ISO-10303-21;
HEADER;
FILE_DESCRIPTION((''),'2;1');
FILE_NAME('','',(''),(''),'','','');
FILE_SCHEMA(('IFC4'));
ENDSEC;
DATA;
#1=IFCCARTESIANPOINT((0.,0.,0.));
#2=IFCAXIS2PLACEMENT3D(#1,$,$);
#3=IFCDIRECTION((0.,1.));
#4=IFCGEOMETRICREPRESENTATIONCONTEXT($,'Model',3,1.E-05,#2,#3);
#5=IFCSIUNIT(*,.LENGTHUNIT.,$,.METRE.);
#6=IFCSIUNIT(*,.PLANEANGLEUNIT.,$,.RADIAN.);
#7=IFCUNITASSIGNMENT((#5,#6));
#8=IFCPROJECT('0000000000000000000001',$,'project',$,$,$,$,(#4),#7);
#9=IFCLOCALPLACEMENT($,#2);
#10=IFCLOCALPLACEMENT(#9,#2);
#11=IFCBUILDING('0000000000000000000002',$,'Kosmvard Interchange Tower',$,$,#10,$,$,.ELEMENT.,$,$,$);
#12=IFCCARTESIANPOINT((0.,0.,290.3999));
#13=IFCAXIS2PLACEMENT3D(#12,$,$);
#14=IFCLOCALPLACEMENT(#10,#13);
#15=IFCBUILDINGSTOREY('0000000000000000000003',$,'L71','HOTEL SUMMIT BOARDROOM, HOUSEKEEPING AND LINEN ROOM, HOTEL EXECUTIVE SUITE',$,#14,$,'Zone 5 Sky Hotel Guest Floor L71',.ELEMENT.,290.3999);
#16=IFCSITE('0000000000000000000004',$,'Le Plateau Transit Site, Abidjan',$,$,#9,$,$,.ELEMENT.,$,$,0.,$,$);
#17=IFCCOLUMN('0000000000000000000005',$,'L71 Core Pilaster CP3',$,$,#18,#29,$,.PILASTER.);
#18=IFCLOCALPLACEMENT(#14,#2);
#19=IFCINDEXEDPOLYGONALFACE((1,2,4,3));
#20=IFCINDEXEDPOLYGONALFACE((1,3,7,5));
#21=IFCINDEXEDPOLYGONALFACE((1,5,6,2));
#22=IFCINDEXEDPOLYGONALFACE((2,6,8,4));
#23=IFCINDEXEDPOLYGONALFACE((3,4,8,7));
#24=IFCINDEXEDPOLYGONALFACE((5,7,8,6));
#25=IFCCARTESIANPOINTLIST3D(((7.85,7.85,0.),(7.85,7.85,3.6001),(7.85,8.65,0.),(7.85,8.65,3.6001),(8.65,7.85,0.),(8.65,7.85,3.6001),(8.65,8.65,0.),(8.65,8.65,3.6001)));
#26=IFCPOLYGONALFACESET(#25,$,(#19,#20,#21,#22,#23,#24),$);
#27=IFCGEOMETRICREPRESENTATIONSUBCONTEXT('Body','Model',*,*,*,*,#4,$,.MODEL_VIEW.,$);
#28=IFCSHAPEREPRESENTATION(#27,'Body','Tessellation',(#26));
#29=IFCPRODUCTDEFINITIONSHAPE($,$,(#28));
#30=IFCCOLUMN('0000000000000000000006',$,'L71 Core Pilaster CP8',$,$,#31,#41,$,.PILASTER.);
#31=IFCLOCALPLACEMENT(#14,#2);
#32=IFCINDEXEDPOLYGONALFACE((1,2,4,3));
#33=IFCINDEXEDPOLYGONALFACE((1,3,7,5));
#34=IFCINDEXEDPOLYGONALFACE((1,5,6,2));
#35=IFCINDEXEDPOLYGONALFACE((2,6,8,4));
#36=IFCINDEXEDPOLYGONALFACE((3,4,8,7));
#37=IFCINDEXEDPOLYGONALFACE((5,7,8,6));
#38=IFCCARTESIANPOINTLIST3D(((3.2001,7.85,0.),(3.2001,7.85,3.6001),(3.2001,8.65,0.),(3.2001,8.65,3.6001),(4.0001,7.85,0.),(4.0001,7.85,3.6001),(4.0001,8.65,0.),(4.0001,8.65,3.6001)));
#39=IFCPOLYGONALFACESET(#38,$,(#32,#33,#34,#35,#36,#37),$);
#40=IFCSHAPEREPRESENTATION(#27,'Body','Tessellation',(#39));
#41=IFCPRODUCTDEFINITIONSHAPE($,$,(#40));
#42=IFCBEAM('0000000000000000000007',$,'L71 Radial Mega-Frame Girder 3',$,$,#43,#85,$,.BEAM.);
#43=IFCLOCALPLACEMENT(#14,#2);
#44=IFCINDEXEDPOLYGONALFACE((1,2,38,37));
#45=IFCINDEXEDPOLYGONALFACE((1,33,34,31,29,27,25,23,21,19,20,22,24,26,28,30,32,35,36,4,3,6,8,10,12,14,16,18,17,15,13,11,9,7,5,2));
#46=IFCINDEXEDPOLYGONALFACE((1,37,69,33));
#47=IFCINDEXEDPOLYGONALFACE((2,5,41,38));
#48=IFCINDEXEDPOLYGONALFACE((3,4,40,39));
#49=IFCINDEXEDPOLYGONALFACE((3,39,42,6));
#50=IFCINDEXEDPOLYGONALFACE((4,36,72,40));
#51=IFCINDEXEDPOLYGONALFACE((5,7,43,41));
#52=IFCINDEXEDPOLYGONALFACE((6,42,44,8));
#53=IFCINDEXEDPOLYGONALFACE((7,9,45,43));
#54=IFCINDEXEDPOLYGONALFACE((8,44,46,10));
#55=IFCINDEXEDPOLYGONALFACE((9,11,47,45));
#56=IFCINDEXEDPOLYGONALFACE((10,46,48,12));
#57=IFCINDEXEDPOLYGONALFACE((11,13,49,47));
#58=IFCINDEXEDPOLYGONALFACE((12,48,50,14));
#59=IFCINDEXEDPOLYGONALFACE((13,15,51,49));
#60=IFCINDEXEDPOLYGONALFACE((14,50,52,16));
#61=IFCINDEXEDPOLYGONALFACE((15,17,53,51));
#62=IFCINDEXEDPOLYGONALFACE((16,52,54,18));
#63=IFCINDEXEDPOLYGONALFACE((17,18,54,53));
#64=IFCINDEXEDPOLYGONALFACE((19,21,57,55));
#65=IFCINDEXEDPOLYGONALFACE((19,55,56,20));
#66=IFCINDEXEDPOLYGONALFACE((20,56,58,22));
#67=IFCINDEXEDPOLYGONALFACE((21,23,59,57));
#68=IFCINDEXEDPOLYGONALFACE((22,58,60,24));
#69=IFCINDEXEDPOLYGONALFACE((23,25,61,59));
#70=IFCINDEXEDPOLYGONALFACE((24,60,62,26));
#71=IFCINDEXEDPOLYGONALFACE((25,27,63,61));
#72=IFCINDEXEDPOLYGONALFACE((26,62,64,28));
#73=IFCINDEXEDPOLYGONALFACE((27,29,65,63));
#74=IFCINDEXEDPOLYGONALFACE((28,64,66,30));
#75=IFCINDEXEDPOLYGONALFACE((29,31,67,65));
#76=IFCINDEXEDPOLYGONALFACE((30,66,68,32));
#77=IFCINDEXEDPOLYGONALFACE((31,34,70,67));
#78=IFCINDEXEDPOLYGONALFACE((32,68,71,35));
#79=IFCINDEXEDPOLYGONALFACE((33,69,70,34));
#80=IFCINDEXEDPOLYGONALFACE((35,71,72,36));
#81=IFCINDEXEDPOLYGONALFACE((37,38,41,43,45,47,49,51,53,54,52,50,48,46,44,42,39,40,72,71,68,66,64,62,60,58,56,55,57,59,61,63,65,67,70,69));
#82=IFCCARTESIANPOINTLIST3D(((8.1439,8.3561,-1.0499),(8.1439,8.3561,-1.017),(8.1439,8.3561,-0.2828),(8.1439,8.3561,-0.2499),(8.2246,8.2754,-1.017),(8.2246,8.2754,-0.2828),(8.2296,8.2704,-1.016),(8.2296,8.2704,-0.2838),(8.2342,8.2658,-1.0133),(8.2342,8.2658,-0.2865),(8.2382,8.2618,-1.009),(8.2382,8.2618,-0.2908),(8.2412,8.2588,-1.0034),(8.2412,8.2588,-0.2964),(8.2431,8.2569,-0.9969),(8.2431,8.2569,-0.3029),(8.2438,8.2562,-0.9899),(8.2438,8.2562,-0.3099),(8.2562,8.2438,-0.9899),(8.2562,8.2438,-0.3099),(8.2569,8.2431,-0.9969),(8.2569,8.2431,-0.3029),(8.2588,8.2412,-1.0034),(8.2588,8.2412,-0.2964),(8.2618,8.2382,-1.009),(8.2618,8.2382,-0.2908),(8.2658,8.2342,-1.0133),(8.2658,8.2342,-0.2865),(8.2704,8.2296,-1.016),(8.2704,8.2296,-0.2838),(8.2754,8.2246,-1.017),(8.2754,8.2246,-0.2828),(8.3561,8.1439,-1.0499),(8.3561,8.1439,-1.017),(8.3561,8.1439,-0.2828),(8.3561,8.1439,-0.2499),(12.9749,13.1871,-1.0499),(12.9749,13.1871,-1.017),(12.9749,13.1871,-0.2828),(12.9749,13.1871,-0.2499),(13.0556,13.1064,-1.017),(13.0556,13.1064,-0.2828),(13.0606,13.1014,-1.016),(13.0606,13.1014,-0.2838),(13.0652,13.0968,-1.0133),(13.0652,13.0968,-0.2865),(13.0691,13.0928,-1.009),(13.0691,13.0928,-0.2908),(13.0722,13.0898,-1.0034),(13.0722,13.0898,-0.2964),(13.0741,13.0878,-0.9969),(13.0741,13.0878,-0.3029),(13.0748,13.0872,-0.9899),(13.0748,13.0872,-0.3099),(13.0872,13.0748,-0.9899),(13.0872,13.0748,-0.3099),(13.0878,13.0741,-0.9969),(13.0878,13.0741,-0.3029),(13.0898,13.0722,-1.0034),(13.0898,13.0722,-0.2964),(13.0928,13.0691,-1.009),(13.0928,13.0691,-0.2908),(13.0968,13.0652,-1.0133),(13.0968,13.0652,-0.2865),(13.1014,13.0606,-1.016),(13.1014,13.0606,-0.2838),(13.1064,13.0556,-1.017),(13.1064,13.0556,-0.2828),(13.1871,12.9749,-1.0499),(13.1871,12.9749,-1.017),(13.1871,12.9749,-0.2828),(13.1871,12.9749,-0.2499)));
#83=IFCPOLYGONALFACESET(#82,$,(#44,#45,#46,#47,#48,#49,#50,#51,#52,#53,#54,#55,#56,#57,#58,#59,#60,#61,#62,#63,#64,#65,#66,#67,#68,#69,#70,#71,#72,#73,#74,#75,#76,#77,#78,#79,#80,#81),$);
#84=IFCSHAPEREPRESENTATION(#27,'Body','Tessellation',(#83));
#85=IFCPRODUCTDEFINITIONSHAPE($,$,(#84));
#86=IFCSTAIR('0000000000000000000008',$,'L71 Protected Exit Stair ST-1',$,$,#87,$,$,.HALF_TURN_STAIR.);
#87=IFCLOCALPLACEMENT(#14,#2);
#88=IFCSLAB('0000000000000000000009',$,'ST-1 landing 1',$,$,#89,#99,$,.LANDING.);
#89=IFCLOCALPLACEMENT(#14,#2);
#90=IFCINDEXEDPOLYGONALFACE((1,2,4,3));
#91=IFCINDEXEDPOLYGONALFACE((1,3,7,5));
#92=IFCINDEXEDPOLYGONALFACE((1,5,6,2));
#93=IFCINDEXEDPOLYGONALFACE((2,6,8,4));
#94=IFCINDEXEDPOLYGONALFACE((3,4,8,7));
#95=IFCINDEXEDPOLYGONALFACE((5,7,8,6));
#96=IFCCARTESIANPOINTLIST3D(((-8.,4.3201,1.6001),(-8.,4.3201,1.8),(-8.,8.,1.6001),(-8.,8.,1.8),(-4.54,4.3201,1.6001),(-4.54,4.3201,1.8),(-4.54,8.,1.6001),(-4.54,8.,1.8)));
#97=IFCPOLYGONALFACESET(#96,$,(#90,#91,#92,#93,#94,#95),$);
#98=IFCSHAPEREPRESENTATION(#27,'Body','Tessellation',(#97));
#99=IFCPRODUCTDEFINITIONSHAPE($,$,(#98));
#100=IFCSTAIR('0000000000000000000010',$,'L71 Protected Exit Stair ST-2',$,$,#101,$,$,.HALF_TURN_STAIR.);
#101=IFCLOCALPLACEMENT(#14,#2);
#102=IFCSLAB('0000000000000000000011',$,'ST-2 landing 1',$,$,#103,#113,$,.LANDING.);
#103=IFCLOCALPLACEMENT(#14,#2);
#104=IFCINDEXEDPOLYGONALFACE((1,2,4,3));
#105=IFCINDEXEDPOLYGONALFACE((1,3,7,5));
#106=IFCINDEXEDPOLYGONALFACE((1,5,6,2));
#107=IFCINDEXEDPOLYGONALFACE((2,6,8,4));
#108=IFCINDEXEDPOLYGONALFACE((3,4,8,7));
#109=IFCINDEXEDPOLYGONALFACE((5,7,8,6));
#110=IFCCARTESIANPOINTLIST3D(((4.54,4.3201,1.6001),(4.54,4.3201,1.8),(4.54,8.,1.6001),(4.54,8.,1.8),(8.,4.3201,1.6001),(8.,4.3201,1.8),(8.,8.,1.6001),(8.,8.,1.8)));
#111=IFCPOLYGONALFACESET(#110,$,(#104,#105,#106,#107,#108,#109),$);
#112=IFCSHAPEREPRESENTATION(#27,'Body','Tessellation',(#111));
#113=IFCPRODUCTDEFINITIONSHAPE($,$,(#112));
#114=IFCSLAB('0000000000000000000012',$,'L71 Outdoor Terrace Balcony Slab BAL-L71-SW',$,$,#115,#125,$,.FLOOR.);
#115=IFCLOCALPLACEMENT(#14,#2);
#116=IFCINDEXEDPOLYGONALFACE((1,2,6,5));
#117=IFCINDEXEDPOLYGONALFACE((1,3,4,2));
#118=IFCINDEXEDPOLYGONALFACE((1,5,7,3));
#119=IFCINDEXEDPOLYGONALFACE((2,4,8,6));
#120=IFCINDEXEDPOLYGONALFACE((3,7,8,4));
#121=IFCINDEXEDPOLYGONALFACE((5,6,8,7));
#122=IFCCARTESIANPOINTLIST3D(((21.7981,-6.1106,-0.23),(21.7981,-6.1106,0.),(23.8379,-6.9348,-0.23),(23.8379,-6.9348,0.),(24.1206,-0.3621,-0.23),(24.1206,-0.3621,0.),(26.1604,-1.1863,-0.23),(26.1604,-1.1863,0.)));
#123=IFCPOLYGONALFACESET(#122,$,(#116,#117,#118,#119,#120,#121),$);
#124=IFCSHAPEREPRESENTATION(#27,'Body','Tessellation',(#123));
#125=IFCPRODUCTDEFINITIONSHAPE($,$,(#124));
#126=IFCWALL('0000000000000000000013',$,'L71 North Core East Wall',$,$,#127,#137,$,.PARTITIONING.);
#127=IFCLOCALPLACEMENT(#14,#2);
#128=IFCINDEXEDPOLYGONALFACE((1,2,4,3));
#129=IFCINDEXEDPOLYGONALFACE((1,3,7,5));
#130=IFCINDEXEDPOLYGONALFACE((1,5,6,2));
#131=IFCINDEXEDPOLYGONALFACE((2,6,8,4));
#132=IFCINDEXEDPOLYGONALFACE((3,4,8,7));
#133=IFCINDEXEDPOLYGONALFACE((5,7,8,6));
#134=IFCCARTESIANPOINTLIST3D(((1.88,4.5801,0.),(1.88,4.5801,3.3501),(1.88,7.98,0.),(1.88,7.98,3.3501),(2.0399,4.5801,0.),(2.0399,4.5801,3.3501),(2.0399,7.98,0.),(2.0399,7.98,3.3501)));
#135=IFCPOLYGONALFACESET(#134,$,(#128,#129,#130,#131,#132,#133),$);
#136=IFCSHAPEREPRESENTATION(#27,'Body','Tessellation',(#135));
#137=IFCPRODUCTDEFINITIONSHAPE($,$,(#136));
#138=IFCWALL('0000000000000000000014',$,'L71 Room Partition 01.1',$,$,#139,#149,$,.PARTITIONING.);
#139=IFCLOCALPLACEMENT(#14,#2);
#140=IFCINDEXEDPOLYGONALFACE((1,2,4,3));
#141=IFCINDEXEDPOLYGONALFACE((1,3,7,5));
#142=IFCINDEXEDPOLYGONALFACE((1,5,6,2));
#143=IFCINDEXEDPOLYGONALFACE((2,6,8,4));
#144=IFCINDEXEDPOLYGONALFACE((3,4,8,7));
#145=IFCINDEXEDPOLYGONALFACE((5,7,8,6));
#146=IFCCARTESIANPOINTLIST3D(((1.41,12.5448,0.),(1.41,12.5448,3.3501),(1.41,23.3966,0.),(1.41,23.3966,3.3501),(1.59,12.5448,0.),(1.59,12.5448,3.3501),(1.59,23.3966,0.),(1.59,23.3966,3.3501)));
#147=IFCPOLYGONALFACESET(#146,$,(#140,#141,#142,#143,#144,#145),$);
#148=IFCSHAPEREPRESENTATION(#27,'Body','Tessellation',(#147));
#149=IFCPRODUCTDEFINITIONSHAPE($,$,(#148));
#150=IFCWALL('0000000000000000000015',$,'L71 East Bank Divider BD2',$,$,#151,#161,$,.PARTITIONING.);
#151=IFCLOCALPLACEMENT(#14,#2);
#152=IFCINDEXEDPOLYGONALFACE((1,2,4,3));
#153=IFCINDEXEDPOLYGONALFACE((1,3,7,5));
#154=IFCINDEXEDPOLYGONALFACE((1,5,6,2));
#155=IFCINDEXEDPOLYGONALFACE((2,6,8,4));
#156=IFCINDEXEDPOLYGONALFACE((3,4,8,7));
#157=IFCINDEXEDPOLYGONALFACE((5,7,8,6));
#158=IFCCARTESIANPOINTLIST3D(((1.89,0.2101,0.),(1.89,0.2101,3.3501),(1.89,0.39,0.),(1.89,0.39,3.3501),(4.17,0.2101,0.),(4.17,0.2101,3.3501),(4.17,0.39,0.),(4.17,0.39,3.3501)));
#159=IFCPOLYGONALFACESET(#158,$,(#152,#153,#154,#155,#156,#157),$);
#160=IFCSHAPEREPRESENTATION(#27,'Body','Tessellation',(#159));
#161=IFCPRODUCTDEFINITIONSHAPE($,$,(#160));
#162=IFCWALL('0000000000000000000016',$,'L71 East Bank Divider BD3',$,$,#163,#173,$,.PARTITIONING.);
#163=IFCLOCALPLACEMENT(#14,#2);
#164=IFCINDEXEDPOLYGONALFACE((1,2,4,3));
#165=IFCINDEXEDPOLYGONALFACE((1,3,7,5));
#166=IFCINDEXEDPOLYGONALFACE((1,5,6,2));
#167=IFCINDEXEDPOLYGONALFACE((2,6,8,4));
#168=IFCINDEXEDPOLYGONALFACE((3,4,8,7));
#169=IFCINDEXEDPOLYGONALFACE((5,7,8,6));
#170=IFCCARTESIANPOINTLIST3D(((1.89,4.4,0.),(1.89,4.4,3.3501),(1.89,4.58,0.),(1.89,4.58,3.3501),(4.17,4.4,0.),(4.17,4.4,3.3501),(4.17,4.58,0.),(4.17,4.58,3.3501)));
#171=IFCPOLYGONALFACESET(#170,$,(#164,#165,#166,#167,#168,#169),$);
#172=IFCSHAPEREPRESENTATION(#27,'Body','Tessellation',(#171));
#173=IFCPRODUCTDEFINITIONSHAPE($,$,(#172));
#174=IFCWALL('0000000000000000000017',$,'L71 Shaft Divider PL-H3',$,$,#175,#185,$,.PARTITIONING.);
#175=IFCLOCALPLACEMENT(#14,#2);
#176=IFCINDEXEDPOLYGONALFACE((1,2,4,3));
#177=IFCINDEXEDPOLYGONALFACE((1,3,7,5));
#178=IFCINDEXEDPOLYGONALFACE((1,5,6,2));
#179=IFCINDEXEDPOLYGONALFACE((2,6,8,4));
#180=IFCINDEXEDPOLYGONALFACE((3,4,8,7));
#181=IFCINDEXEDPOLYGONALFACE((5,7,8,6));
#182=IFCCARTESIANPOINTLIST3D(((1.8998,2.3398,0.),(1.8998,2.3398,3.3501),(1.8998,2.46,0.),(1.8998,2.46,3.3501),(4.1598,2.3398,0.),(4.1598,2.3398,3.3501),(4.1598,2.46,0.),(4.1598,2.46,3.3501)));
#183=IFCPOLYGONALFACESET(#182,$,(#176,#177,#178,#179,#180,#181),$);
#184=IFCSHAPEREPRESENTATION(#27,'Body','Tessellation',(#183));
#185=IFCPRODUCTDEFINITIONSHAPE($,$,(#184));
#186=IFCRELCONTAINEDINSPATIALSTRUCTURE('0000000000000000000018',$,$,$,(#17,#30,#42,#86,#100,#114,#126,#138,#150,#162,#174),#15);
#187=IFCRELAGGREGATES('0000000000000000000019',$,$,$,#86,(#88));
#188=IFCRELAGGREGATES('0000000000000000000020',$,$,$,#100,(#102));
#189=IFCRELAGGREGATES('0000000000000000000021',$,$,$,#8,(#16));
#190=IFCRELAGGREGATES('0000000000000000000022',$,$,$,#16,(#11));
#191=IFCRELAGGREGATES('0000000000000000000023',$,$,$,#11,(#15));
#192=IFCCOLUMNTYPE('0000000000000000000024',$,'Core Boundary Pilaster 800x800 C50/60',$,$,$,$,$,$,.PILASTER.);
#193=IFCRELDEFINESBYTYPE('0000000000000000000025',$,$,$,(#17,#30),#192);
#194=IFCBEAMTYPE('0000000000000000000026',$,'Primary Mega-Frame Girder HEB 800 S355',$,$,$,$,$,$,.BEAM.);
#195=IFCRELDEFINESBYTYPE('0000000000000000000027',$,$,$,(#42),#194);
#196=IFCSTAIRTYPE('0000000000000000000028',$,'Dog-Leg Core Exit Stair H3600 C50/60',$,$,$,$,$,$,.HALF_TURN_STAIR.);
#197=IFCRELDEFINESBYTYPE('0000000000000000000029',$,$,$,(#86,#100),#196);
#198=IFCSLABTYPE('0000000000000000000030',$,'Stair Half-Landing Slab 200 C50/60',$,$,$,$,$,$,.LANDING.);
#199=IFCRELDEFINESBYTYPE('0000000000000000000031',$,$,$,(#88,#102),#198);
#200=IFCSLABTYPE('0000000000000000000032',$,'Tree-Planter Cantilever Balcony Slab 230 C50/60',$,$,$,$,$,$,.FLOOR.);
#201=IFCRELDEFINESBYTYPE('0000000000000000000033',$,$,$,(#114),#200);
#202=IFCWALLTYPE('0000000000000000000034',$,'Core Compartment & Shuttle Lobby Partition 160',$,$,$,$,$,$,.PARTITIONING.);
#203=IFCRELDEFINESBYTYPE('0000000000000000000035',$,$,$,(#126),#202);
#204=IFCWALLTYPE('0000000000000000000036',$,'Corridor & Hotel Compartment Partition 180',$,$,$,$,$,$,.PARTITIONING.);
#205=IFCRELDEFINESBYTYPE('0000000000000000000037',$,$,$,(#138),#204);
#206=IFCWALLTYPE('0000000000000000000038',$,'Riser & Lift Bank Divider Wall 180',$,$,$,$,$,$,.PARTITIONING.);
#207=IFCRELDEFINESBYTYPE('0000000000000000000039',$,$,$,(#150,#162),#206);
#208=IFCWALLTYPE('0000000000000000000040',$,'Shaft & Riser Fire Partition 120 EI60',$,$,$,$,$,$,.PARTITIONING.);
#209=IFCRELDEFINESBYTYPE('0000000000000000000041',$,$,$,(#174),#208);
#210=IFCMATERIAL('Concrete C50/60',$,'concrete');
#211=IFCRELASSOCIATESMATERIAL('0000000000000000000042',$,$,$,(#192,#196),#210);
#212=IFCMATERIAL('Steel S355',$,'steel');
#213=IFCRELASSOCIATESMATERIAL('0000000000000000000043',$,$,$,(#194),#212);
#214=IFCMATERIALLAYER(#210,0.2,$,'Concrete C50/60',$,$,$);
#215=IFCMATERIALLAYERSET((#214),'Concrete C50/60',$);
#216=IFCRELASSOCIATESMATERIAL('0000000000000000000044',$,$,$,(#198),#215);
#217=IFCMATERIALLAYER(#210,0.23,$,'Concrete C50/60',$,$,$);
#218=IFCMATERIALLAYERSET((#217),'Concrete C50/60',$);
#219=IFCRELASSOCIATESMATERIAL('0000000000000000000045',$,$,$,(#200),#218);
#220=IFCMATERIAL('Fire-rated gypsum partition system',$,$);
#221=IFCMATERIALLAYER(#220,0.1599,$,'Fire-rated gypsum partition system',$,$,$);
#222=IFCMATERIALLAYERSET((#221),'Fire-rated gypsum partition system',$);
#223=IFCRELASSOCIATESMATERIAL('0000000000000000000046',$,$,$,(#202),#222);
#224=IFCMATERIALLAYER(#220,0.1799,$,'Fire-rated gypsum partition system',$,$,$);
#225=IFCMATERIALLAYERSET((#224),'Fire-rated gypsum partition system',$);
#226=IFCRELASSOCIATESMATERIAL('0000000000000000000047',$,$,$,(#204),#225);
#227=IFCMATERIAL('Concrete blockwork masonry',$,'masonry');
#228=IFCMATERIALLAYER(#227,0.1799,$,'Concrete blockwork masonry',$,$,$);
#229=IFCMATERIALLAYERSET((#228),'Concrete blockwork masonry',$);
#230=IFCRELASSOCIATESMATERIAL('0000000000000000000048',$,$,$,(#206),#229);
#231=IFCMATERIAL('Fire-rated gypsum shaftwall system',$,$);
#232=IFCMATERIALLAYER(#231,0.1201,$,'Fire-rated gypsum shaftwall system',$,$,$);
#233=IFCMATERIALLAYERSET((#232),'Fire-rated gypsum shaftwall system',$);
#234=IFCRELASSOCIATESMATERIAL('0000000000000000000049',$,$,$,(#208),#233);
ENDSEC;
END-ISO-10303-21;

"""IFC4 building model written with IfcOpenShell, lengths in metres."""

from ifc_helpers import new_model, si_unit, direction, frame, frame_2d, origin, origin_2d, place, context, subcontext, project, spatial, polyline, rectangle, i_section, outline, extrude, source, transform, mapped, material, layer, layer_set, material_profile, profile_set, type_object, element, aggregate, save


model = new_model("IFC4")

# Units and contexts
model_context = context("Model", 3, precision=1e-05, world=origin(), true_north=direction((0.0, 1.0)))
body_context = subcontext(model_context, "Body", "Model", "MODEL_VIEW")
ifc_project = project(units=[si_unit("LENGTHUNIT", "METRE"), si_unit("PLANEANGLEUNIT", "RADIAN")], contexts=[model_context])

# Site, building, storey
site_placement = place(None, origin())
site = spatial("IfcSite", under=ifc_project, at=site_placement, Name="Le Plateau Transit Site, Abidjan", CompositionType="ELEMENT", RefElevation=0.0)
building_placement = place(site_placement, origin())
building = spatial("IfcBuilding", under=site, at=building_placement, Name="Kosmvard Interchange Tower", CompositionType="ELEMENT")
storey_placement = place(building_placement, frame((0.0, 0.0, 290.3999)))
storey = spatial("IfcBuildingStorey", under=building, at=storey_placement, Name="L71", Description="HOTEL SUMMIT BOARDROOM, HOUSEKEEPING AND LINEN ROOM, HOTEL EXECUTIVE SUITE", LongName="Zone 5 Sky Hotel Guest Floor L71", CompositionType="ELEMENT", Elevation=290.3999)

# Columns
ifc_material_1 = material(Name="Concrete C50/60", Category="concrete")
ifc_material_profile_1 = material_profile(ifc_material_1, rectangle(XDim=0.8, YDim=0.8, at=origin_2d()), Name="CP 800x800")
ifc_profile_set_1 = profile_set([ifc_material_profile_1], Name="Concrete C50/60")
column_type = type_object("IfcColumnType", Name="Core Boundary Pilaster 800x800 C50/60", PredefinedType="PILASTER", material=ifc_profile_set_1)
shared_shape_1 = source(origin(), body_context, "Body", "SweptSolid", [
    extrude(rectangle(XDim=0.8, YDim=0.8, at=origin_2d()), origin(), (0.0, 0.0, 1.0), 3.6001),
])
for number, where, z_axis, x_axis, name in (
    (1, (8.25, 8.25, 0.0), (0.0, 0.0, 1.0), (1.0, 0.0, 0.0), "L71 Core Pilaster CP3"),
    (2, (3.6001, 8.25, 0.0), (0.0, 0.0, 1.0), (1.0, 0.0, 0.0), "L71 Core Pilaster CP8"),
):
    element("IfcColumn", number, at=place(storey_placement, frame(where, z_axis=z_axis, x_axis=x_axis)), inside=storey, type_object=column_type, Name=name, PredefinedType="PILASTER", context=body_context, shape_type="MappedRepresentation", body=[
        mapped(shared_shape_1, transform((0.0, 0.0, 0.0), scale=1.0)),
    ])

# Beam
ifc_material_2 = material(Name="Steel S355", Category="steel")
ifc_material_profile_2 = material_profile(ifc_material_2, i_section(OverallWidth=0.3, OverallDepth=0.8, WebThickness=0.0176, FlangeThickness=0.033, FilletRadius=0.0271, at=origin_2d()), Name="HEB 800")
ifc_profile_set_2 = profile_set([ifc_material_profile_2], Name="Steel S355")
beam_type = type_object("IfcBeamType", Name="Primary Mega-Frame Girder HEB 800 S355", PredefinedType="BEAM", material=ifc_profile_set_2)
shared_shape_2 = source(origin(), body_context, "Body", "SweptSolid", [
    extrude(i_section(OverallWidth=0.3, OverallDepth=0.8, WebThickness=0.0176, FlangeThickness=0.033, FilletRadius=0.0271, at=origin_2d()), origin(), (0.0, 0.0, 1.0), 6.832),
])
beam_placement = place(storey_placement, frame((8.25, 8.25, -0.6499), z_axis=(0.707107, 0.707107, 0.0), x_axis=(-0.707107, 0.707107, 0.0)))
element("IfcBeam", 3, at=beam_placement, inside=storey, type_object=beam_type, Name="L71 Radial Mega-Frame Girder 3", PredefinedType="BEAM", context=body_context, shape_type="MappedRepresentation", body=[
    mapped(shared_shape_2, transform((0.0, 0.0, 0.0), scale=1.0)),
])

# Stairs, slabs
stair_type = type_object("IfcStairType", Name="Dog-Leg Core Exit Stair H3600 C50/60", PredefinedType="HALF_TURN_STAIR", material=ifc_material_1)
stair_1_placement = place(storey_placement, origin())
stair_1 = element("IfcStair", 4, at=stair_1_placement, inside=storey, type_object=stair_type, Name="L71 Protected Exit Stair ST-1", PredefinedType="HALF_TURN_STAIR")
ifc_layer_1 = layer(ifc_material_1, 0.2, Name="Concrete C50/60")
ifc_layer_set_1 = layer_set([ifc_layer_1], Name="Concrete C50/60")
slab_type_1 = type_object("IfcSlabType", Name="Stair Half-Landing Slab 200 C50/60", PredefinedType="LANDING", material=ifc_layer_set_1)
slab_1_placement = place(storey_placement, frame((0.0, 0.0, 1.6001)))
slab_1 = element("IfcSlab", 5, at=slab_1_placement, type_object=slab_type_1, Name="ST-1 landing 1", PredefinedType="LANDING", context=body_context, shape_type="SweptSolid", body=[
    extrude(outline(polyline([(-4.54, 4.3201), (-4.54, 8.0), (-8.0, 8.0), (-8.0, 4.3201), (-4.54, 4.3201)])), origin(), (0.0, 0.0, 1.0), 0.2),
])
aggregate(stair_1, [slab_1])
stair_2_placement = place(storey_placement, origin())
stair_2 = element("IfcStair", 6, at=stair_2_placement, inside=storey, type_object=stair_type, Name="L71 Protected Exit Stair ST-2", PredefinedType="HALF_TURN_STAIR")
slab_2_placement = place(storey_placement, frame((0.0, 0.0, 1.6001)))
slab_2 = element("IfcSlab", 7, at=slab_2_placement, type_object=slab_type_1, Name="ST-2 landing 1", PredefinedType="LANDING", context=body_context, shape_type="SweptSolid", body=[
    extrude(outline(polyline([(8.0, 4.3201), (8.0, 8.0), (4.54, 8.0), (4.54, 4.3201), (8.0, 4.3201)])), origin(), (0.0, 0.0, 1.0), 0.2),
])

# Slab
ifc_layer_2 = layer(ifc_material_1, 0.23, Name="Concrete C50/60")
ifc_layer_set_2 = layer_set([ifc_layer_2], Name="Concrete C50/60")
slab_type_2 = type_object("IfcSlabType", Name="Tree-Planter Cantilever Balcony Slab 230 C50/60", PredefinedType="FLOOR", material=ifc_layer_set_2)
slab_3_placement = place(storey_placement, frame((0.0, 0.0, -0.23)))
element("IfcSlab", 8, at=slab_3_placement, inside=storey, type_object=slab_type_2, Name="L71 Outdoor Terrace Balcony Slab BAL-L71-SW", PredefinedType="FLOOR", context=body_context, shape_type="SweptSolid", body=[
    extrude(outline(polyline([(23.8379, -6.9348), (26.1604, -1.1863), (24.1206, -0.3621), (21.7981, -6.1106), (23.8379, -6.9348)])), origin(), (0.0, 0.0, 1.0), 0.23),
])

# Walls
ifc_material_3 = material(Name="Fire-rated gypsum partition system")
ifc_layer_3 = layer(ifc_material_3, 0.1599, Name="Fire-rated gypsum partition system")
ifc_layer_set_3 = layer_set([ifc_layer_3], Name="Fire-rated gypsum partition system")
wall_type_1 = type_object("IfcWallType", Name="Core Compartment & Shuttle Lobby Partition 160", PredefinedType="PARTITIONING", material=ifc_layer_set_3)
wall_1_placement = place(storey_placement, frame((1.96, 4.5801, 0.0), z_axis=(0.0, 0.0, 1.0), x_axis=(0.0, 1.0, 0.0)))
element("IfcWall", 9, at=wall_1_placement, inside=storey, type_object=wall_type_1, Name="L71 North Core East Wall", PredefinedType="PARTITIONING", context=body_context, shape_type="SweptSolid", body=[
    extrude(rectangle(XDim=3.3999, YDim=0.1599, at=frame_2d((1.7, 0.0))), origin(), (0.0, 0.0, 1.0), 3.3501),
])
ifc_layer_4 = layer(ifc_material_3, 0.1799, Name="Fire-rated gypsum partition system")
ifc_layer_set_4 = layer_set([ifc_layer_4], Name="Fire-rated gypsum partition system")
wall_type_2 = type_object("IfcWallType", Name="Corridor & Hotel Compartment Partition 180", PredefinedType="PARTITIONING", material=ifc_layer_set_4)
wall_2_placement = place(storey_placement, frame((1.5, 12.5449, 0.0), z_axis=(0.0, 0.0, 1.0), x_axis=(0.0, 1.0, 0.0)))
element("IfcWall", 10, at=wall_2_placement, inside=storey, type_object=wall_type_2, Name="L71 Room Partition 01.1", PredefinedType="PARTITIONING", context=body_context, shape_type="SweptSolid", body=[
    extrude(rectangle(XDim=10.8518, YDim=0.1799, at=frame_2d((5.4258, 0.0))), origin(), (0.0, 0.0, 1.0), 3.3501),
])
ifc_material_4 = material(Name="Concrete blockwork masonry", Category="masonry")
ifc_layer_5 = layer(ifc_material_4, 0.1799, Name="Concrete blockwork masonry")
ifc_layer_set_5 = layer_set([ifc_layer_5], Name="Concrete blockwork masonry")
wall_type_3 = type_object("IfcWallType", Name="Riser & Lift Bank Divider Wall 180", PredefinedType="PARTITIONING", material=ifc_layer_set_5)
for number, where, z_axis, x_axis, name in (
    (11, (1.8899, 0.3, 0.0), (0.0, 0.0, 1.0), (1.0, 0.0, 0.0), "L71 East Bank Divider BD2"),
    (12, (1.8899, 4.49, 0.0), (0.0, 0.0, 1.0), (1.0, 0.0, 0.0), "L71 East Bank Divider BD3"),
):
    element("IfcWall", number, at=place(storey_placement, frame(where, z_axis=z_axis, x_axis=x_axis)), inside=storey, type_object=wall_type_3, Name=name, PredefinedType="PARTITIONING", context=body_context, shape_type="SweptSolid", body=[
        extrude(rectangle(XDim=2.28, YDim=0.1799, at=frame_2d((1.1401, 0.0))), origin(), (0.0, 0.0, 1.0), 3.3501),
    ])
ifc_material_5 = material(Name="Fire-rated gypsum shaftwall system")
ifc_layer_6 = layer(ifc_material_5, 0.1201, Name="Fire-rated gypsum shaftwall system")
ifc_layer_set_6 = layer_set([ifc_layer_6], Name="Fire-rated gypsum shaftwall system")
wall_type_4 = type_object("IfcWallType", Name="Shaft & Riser Fire Partition 120 EI60", PredefinedType="PARTITIONING", material=ifc_layer_set_6)
wall_3_placement = place(storey_placement, frame((1.8999, 2.3999, 0.0), z_axis=(0.0, 0.0, 1.0), x_axis=(1.0, 0.0, 0.0)))
element("IfcWall", 13, at=wall_3_placement, inside=storey, type_object=wall_type_4, Name="L71 Shaft Divider PL-H3", PredefinedType="PARTITIONING", context=body_context, shape_type="SweptSolid", body=[
    extrude(rectangle(XDim=2.26, YDim=0.1201, at=frame_2d((1.1299, 0.0))), origin(), (0.0, 0.0, 1.0), 3.3501),
])

aggregate(stair_2, [slab_2])

save(model, "model.ifc")
